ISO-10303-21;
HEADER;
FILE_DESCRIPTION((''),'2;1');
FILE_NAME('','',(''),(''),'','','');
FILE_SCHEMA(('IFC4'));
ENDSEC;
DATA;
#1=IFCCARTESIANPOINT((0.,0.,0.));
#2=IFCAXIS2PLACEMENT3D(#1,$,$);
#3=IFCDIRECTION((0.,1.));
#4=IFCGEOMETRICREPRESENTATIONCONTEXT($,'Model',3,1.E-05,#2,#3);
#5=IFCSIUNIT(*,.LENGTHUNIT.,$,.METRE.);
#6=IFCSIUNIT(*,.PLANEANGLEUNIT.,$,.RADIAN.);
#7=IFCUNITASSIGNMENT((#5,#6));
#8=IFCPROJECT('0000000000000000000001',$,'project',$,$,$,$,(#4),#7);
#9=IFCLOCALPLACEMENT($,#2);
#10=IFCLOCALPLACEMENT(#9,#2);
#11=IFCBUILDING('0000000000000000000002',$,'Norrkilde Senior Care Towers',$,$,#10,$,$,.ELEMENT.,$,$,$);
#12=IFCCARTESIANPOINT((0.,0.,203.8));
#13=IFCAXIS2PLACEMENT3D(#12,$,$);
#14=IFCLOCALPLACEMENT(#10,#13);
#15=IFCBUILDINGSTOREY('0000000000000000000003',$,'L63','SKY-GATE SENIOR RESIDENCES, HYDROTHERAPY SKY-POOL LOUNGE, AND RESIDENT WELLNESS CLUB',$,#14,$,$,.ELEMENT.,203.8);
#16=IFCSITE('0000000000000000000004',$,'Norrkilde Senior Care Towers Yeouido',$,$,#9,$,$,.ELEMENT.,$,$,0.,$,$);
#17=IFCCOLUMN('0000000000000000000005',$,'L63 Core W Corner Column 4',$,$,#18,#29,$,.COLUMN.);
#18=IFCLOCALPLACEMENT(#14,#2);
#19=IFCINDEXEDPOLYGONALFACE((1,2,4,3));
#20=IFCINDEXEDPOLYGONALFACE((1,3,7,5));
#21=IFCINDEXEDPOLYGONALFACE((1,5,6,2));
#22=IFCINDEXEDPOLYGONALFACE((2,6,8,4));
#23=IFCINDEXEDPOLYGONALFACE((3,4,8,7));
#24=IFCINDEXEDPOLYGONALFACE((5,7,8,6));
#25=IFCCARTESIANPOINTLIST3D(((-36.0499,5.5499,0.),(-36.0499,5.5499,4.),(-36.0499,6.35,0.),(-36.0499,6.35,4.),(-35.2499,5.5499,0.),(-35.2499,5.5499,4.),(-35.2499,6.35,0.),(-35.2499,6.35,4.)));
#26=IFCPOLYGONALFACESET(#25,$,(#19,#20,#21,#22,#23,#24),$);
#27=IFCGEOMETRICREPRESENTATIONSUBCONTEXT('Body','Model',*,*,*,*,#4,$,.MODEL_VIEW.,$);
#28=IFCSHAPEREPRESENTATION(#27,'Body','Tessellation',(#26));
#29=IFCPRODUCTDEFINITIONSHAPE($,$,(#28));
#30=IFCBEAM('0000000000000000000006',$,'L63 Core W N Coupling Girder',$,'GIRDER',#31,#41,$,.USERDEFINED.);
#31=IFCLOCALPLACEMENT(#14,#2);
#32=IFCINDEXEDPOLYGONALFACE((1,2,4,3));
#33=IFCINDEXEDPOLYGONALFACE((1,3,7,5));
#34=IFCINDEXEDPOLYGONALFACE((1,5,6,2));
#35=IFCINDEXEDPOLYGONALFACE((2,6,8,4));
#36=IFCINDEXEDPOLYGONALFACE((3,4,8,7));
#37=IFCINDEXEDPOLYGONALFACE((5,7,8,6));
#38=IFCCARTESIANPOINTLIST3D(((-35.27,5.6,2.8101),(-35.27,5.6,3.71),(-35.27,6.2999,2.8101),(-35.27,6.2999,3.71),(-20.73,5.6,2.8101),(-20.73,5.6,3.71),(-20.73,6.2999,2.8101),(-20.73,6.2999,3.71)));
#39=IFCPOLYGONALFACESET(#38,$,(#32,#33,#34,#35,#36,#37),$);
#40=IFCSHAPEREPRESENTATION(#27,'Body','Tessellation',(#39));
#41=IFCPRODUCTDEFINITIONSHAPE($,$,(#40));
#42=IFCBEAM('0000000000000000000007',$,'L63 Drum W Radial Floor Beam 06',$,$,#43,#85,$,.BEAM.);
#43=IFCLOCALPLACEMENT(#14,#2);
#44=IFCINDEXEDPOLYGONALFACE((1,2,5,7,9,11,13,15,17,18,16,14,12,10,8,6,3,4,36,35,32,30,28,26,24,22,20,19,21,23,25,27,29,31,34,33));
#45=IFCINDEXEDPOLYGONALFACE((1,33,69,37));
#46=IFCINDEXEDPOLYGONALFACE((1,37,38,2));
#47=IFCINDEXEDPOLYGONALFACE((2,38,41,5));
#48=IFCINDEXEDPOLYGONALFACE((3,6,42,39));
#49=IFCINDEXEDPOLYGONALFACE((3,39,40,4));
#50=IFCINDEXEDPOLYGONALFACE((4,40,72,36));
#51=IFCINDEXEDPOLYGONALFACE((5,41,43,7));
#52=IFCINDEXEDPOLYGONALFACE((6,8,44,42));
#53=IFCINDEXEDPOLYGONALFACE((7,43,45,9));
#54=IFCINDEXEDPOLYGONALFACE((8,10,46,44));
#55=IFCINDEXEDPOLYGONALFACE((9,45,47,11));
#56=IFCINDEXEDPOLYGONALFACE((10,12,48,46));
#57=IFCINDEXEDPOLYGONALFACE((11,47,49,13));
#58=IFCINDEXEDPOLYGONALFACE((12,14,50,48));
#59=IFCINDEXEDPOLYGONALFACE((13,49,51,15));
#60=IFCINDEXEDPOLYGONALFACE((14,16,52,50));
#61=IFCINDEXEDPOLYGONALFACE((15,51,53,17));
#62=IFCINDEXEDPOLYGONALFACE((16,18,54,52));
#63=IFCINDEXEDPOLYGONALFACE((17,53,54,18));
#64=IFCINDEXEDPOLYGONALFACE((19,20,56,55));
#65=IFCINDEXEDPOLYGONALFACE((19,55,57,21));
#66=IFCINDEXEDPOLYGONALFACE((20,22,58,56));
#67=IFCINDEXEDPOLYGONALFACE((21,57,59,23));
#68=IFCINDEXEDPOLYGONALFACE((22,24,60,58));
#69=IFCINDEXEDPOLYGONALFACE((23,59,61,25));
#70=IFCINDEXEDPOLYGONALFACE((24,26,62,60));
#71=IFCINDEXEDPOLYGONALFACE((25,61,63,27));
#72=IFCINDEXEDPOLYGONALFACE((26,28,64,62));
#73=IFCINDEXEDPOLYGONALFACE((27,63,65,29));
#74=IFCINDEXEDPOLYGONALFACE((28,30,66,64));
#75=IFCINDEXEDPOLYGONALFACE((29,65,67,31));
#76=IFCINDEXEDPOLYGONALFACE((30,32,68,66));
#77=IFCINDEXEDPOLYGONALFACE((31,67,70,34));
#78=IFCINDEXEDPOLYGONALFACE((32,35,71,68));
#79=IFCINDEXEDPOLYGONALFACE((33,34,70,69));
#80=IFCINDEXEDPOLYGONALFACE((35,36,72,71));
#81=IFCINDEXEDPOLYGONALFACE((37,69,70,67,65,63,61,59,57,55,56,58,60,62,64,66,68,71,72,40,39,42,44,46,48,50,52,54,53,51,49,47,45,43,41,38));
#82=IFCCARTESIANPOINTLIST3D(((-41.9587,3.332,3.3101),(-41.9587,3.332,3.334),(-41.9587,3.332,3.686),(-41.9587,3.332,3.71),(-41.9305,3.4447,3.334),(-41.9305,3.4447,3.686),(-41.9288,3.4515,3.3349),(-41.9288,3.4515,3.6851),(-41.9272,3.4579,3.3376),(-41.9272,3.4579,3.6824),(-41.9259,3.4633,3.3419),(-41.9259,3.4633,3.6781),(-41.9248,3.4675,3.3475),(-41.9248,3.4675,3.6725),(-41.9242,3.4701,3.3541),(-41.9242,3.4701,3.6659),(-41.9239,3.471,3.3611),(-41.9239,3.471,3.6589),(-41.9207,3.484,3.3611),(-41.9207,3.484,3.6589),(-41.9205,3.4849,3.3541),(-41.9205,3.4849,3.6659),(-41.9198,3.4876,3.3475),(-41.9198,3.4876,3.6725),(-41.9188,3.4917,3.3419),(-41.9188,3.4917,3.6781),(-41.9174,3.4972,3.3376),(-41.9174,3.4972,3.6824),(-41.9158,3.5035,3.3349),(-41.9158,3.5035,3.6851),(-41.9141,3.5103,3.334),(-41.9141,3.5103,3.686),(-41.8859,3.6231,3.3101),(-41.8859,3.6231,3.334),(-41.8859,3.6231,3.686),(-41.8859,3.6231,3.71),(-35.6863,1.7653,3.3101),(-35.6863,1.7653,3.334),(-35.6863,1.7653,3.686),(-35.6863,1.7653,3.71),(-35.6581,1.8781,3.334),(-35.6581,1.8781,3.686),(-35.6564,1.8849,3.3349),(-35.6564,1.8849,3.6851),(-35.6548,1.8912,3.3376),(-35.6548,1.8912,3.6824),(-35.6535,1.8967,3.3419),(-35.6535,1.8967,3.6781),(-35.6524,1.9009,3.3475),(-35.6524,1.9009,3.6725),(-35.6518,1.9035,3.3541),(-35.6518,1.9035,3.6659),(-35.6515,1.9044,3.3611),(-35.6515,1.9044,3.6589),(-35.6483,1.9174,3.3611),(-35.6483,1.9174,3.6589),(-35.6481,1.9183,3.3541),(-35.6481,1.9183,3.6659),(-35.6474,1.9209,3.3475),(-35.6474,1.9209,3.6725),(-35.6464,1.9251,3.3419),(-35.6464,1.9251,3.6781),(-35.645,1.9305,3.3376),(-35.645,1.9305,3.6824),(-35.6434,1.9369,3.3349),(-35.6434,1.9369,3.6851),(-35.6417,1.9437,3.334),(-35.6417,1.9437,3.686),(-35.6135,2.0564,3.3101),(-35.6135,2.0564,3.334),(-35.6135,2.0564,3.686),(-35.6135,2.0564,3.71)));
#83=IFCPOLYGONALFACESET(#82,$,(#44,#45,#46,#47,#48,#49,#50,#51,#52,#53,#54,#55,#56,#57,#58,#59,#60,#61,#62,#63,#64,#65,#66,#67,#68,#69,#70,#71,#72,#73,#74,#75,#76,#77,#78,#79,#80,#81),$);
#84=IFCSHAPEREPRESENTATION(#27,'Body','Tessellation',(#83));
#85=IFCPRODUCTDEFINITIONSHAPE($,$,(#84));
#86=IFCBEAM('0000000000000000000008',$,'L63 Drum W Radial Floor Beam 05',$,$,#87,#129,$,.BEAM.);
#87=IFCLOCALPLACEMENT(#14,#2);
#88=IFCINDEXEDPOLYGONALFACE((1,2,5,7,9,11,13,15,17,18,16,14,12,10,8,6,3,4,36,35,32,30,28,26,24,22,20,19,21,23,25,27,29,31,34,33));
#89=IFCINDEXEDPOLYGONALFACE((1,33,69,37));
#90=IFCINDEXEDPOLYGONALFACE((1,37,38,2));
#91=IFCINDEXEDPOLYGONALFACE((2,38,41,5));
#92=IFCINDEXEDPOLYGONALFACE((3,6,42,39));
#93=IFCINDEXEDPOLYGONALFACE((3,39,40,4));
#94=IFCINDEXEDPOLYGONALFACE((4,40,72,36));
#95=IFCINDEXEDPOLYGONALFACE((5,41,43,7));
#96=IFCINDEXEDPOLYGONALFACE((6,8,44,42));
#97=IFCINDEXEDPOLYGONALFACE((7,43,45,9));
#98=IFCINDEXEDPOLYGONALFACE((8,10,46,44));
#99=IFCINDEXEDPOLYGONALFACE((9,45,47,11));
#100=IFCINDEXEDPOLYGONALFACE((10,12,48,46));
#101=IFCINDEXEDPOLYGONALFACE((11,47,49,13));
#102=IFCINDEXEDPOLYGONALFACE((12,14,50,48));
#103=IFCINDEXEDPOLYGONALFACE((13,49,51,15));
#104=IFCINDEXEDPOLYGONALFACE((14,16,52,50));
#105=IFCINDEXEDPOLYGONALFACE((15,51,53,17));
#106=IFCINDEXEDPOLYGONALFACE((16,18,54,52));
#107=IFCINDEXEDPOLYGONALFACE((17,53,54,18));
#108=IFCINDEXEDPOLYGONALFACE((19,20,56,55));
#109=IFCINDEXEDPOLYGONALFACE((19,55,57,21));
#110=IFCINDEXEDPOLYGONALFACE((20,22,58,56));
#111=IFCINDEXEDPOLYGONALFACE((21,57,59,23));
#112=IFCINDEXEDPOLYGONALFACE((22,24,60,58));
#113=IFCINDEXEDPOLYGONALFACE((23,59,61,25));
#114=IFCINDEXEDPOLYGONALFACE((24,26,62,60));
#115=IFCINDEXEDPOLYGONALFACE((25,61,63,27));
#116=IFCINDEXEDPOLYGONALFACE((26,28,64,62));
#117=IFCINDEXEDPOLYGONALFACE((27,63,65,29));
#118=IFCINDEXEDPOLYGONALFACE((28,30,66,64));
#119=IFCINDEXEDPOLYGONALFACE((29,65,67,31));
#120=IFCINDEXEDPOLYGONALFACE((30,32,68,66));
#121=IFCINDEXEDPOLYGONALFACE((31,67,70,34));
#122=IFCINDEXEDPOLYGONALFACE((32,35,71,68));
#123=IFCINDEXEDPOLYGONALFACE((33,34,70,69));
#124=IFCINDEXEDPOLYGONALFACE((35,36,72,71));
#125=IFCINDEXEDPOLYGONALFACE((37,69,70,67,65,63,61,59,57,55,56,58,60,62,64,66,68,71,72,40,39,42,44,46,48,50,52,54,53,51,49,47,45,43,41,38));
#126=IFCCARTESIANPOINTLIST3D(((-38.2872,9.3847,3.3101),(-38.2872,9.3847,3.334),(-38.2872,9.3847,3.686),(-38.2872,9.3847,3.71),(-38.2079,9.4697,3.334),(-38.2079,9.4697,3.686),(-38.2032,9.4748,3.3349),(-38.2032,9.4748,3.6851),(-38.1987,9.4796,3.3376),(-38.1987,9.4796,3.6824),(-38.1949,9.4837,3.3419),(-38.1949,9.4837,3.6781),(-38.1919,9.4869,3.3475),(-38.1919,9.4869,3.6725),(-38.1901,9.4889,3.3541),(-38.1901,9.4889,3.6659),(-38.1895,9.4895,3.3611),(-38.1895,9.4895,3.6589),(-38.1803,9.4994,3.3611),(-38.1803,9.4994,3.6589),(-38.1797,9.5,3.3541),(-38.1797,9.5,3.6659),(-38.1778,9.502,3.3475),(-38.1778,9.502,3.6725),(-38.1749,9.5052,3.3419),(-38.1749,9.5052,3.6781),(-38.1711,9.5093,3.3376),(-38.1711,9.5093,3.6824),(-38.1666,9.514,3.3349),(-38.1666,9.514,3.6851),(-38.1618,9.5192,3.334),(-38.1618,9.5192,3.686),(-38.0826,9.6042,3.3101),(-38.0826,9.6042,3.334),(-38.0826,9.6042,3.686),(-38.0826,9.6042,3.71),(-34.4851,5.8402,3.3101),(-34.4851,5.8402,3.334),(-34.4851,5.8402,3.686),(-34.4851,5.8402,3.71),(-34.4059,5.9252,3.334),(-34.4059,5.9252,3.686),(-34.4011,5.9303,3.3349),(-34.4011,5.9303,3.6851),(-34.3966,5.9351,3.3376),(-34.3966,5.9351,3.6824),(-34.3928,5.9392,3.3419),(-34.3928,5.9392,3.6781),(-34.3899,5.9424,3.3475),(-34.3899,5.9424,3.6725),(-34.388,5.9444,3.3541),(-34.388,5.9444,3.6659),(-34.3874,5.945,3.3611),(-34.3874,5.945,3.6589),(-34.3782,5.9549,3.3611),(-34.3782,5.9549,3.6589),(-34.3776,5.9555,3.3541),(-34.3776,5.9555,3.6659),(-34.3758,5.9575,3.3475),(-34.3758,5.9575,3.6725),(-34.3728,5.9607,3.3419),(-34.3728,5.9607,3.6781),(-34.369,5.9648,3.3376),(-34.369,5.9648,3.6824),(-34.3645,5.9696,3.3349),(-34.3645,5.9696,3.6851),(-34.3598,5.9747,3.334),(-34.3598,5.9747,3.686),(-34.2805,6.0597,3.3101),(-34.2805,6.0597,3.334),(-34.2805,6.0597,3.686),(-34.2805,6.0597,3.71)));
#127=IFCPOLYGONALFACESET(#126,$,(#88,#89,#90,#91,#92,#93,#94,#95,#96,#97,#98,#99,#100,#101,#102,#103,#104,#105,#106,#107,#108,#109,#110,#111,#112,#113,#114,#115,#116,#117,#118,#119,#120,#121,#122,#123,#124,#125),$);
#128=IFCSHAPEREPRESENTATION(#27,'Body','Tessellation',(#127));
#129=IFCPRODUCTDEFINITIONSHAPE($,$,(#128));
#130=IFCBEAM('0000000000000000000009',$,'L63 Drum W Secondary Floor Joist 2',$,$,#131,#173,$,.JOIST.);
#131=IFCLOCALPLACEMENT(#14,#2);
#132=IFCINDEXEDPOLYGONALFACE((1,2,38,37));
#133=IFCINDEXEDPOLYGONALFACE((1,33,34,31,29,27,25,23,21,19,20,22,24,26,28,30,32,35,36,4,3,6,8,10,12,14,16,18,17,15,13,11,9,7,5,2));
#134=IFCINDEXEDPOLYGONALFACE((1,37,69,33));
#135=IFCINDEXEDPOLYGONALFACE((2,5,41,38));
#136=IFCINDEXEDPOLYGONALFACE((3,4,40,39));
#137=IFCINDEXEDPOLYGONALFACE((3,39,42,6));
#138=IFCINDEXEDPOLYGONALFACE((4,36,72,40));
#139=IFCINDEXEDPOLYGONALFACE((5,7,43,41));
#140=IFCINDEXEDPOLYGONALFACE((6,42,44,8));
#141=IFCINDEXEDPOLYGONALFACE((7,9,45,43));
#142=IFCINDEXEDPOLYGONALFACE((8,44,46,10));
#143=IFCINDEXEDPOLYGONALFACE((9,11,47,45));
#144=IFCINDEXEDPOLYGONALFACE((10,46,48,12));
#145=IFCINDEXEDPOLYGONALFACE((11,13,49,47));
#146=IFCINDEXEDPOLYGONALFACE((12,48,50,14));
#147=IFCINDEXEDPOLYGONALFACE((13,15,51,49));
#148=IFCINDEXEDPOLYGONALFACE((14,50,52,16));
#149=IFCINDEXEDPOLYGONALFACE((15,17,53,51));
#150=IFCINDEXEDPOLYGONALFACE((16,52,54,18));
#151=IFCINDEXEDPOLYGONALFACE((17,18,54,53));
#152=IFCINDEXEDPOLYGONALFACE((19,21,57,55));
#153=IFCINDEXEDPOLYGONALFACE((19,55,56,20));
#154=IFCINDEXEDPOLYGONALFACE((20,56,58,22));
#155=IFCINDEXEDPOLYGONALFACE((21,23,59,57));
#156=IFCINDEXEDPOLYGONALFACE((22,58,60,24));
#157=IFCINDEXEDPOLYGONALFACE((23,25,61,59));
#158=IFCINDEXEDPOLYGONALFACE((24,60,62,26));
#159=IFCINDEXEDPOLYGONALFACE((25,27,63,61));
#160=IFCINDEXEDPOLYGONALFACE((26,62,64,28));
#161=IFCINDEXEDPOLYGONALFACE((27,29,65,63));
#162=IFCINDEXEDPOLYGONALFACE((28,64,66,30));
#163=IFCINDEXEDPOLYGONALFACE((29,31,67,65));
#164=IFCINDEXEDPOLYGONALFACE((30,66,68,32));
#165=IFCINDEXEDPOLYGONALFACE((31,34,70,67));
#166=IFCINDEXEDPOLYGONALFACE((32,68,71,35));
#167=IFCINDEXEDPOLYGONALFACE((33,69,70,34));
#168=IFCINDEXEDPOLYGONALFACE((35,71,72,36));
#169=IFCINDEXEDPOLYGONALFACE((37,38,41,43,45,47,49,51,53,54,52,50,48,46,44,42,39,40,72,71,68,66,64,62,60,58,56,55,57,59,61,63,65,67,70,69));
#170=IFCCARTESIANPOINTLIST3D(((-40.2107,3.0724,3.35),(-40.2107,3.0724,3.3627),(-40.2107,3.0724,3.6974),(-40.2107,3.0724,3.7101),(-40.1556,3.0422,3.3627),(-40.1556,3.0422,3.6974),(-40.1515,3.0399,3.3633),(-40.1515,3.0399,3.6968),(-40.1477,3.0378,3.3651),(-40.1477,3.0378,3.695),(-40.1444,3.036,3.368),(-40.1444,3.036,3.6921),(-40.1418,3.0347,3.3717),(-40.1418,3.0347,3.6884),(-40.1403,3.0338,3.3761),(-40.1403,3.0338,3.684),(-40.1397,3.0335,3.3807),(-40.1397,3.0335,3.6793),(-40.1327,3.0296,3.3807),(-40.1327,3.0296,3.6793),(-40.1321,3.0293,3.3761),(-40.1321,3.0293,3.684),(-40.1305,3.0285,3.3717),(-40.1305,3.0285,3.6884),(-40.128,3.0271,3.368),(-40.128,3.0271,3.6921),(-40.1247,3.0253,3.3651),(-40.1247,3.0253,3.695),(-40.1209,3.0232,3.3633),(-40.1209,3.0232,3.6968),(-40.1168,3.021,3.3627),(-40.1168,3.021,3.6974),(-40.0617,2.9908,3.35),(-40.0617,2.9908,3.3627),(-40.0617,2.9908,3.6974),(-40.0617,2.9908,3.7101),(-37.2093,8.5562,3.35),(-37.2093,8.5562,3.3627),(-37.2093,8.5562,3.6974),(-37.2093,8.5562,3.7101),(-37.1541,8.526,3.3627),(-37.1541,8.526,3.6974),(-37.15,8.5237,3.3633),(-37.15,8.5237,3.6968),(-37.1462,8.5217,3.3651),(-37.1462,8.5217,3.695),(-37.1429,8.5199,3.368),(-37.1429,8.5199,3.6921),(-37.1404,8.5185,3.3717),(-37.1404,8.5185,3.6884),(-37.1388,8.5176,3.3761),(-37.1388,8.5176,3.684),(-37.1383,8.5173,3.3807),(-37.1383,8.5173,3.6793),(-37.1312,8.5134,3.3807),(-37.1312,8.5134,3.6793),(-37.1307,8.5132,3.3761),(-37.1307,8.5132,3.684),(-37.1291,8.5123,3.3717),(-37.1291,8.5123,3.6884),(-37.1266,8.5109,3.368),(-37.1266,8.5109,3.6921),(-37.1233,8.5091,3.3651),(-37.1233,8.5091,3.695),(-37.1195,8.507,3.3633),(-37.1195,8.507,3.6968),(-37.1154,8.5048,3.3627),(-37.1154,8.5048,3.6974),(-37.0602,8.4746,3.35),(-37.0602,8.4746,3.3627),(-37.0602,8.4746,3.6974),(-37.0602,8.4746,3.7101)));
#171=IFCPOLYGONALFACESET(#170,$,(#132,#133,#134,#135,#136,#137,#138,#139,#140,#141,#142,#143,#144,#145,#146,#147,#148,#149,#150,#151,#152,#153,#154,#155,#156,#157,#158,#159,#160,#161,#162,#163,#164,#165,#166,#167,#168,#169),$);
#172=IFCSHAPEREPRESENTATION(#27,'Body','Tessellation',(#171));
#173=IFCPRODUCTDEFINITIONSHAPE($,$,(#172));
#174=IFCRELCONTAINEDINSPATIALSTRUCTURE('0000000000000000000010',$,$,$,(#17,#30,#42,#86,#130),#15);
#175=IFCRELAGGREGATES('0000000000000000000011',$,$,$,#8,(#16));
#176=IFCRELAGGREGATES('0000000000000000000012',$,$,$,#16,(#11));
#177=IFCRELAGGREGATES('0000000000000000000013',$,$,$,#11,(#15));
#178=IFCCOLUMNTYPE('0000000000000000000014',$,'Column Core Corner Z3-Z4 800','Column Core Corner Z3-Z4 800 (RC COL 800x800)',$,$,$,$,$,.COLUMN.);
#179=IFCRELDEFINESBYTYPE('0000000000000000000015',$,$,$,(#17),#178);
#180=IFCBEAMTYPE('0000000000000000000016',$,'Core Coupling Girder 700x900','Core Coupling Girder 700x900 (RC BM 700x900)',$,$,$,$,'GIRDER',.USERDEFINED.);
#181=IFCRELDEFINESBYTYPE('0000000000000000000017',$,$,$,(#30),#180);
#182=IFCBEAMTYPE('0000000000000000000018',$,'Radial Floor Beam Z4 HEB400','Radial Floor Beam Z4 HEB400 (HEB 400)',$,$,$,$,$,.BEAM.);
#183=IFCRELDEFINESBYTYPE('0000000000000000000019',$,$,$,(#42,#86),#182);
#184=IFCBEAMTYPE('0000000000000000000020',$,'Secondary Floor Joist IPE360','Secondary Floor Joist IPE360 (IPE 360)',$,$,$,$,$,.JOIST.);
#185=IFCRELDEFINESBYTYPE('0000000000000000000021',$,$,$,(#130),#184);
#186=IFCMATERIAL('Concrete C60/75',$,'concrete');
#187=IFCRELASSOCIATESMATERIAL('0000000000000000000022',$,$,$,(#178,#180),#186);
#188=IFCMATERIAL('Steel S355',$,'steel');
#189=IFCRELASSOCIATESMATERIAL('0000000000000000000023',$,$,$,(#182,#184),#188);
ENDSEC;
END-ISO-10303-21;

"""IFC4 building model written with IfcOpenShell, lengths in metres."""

from ifc_helpers import new_model, si_unit, direction, frame, origin, origin_2d, place, context, subcontext, project, spatial, rectangle, i_section, extrude, source, transform, mapped, material, material_profile, profile_set, type_object, type_shapes, element, save


model = new_model("IFC4")

# Units and contexts
model_context = context("Model", 3, precision=1e-05, world=origin(), true_north=direction((0.0, 1.0)))
body_context = subcontext(model_context, "Body", "Model", "MODEL_VIEW")
ifc_project = project(units=[si_unit("LENGTHUNIT", "METRE"), si_unit("PLANEANGLEUNIT", "RADIAN")], contexts=[model_context])

# Site, building, storey
site_placement = place(None, origin())
site = spatial("IfcSite", under=ifc_project, at=site_placement, Name="Norrkilde Senior Care Towers Yeouido", CompositionType="ELEMENT", RefElevation=0.0)
building_placement = place(site_placement, origin())
building = spatial("IfcBuilding", under=site, at=building_placement, Name="Norrkilde Senior Care Towers", CompositionType="ELEMENT")
storey_placement = place(building_placement, frame((0.0, 0.0, 203.8)))
storey = spatial("IfcBuildingStorey", under=building, at=storey_placement, Name="L63", Description="SKY-GATE SENIOR RESIDENCES, HYDROTHERAPY SKY-POOL LOUNGE, AND RESIDENT WELLNESS CLUB", CompositionType="ELEMENT", Elevation=203.8)

# Column
ifc_material_1 = material(Name="Concrete C60/75", Category="concrete")
ifc_material_profile_1 = material_profile(ifc_material_1, rectangle(XDim=0.8, YDim=0.8, at=origin_2d()), Name="RC COL 800x800")
ifc_profile_set_1 = profile_set([ifc_material_profile_1], Name="Concrete C60/75")
column_type = type_object("IfcColumnType", Name="Column Core Corner Z3-Z4 800", Description="Column Core Corner Z3-Z4 800 (RC COL 800x800)", PredefinedType="COLUMN", material=ifc_profile_set_1)
shared_shape_1 = source(origin(), body_context, "Body", "SweptSolid", [
    extrude(rectangle(XDim=0.8, YDim=0.8, at=origin_2d()), origin(), (0.0, 0.0, 1.0), 4.0),
])
type_shapes(column_type, [shared_shape_1])
column_placement = place(storey_placement, frame((-35.6499, 5.95, 0.0), z_axis=(0.0, 0.0, 1.0), x_axis=(1.0, 0.0, 0.0)))
element("IfcColumn", 1, at=column_placement, inside=storey, type_object=column_type, Name="L63 Core W Corner Column 4", PredefinedType="COLUMN", context=body_context, shape_type="MappedRepresentation", body=[
    mapped(shared_shape_1, transform((0.0, 0.0, 0.0), x_axis=(1.0, 0.0, 0.0), y_axis=(0.0, 1.0, 0.0), z_axis=(0.0, 0.0, 1.0), scale=1.0)),
])

# Beams
ifc_material_profile_2 = material_profile(ifc_material_1, rectangle(XDim=0.7, YDim=0.8999, at=origin_2d()), Name="RC BM 700x900")
ifc_profile_set_2 = profile_set([ifc_material_profile_2], Name="Concrete C60/75")
beam_type_1 = type_object("IfcBeamType", Name="Core Coupling Girder 700x900", Description="Core Coupling Girder 700x900 (RC BM 700x900)", ElementType="GIRDER", PredefinedType="USERDEFINED", material=ifc_profile_set_2)
shared_shape_2 = source(origin(), body_context, "Body", "SweptSolid", [
    extrude(rectangle(XDim=0.7, YDim=0.8999, at=origin_2d()), origin(), (0.0, 0.0, 1.0), 14.54),
])
type_shapes(beam_type_1, [shared_shape_2])
beam_1_placement = place(storey_placement, frame((-35.27, 5.95, 3.26), z_axis=(1.0, 0.0, 0.0), x_axis=(0.0, 1.0, 0.0)))
element("IfcBeam", 2, at=beam_1_placement, inside=storey, type_object=beam_type_1, Name="L63 Core W N Coupling Girder", ObjectType="GIRDER", PredefinedType="USERDEFINED", context=body_context, shape_type="MappedRepresentation", body=[
    mapped(shared_shape_2, transform((0.0, 0.0, 0.0), x_axis=(1.0, 0.0, 0.0), y_axis=(0.0, 1.0, 0.0), z_axis=(0.0, 0.0, 1.0), scale=1.0)),
])
ifc_material_2 = material(Name="Steel S355", Category="steel")
ifc_material_profile_3 = material_profile(ifc_material_2, i_section(OverallWidth=0.3, OverallDepth=0.3999, WebThickness=0.0134, FlangeThickness=0.0239, FilletRadius=0.0271, at=origin_2d()), Name="HEB 400")
ifc_profile_set_3 = profile_set([ifc_material_profile_3], Name="Steel S355")
beam_type_2 = type_object("IfcBeamType", Name="Radial Floor Beam Z4 HEB400", Description="Radial Floor Beam Z4 HEB400 (HEB 400)", PredefinedType="BEAM", material=ifc_profile_set_3)
shared_shape_3 = source(origin(), body_context, "Body", "SweptSolid", [
    extrude(i_section(OverallWidth=0.3, OverallDepth=0.3999, WebThickness=0.0134, FlangeThickness=0.0239, FilletRadius=0.0271, at=origin_2d()), origin(), (0.0, 0.0, 1.0), 6.4651),
])
beam_2_placement = place(storey_placement, frame((-35.6499, 1.9109, 3.51), z_axis=(-0.970196, 0.242322, 0.0), x_axis=(-0.242322, -0.970196, 0.0)))
element("IfcBeam", 3, at=beam_2_placement, inside=storey, type_object=beam_type_2, Name="L63 Drum W Radial Floor Beam 06", PredefinedType="BEAM", context=body_context, shape_type="MappedRepresentation", body=[
    mapped(shared_shape_3, transform((0.0, 0.0, 0.0), x_axis=(1.0, 0.0, 0.0), y_axis=(0.0, 1.0, 0.0), z_axis=(0.0, 0.0, 1.0), scale=1.0)),
])
shared_shape_4 = source(origin(), body_context, "Body", "SweptSolid", [
    extrude(i_section(OverallWidth=0.3, OverallDepth=0.3999, WebThickness=0.0134, FlangeThickness=0.0239, FilletRadius=0.0271, at=origin_2d()), origin(), (0.0, 0.0, 1.0), 5.198),
])
type_shapes(beam_type_2, [shared_shape_3, shared_shape_4])
beam_3_placement = place(storey_placement, frame((-34.3828, 5.95, 3.51), z_axis=(-0.731449, 0.681896, 0.0), x_axis=(-0.681896, -0.731449, 0.0)))
element("IfcBeam", 4, at=beam_3_placement, inside=storey, type_object=beam_type_2, Name="L63 Drum W Radial Floor Beam 05", PredefinedType="BEAM", context=body_context, shape_type="MappedRepresentation", body=[
    mapped(shared_shape_4, transform((0.0, 0.0, 0.0), x_axis=(1.0, 0.0, 0.0), y_axis=(0.0, 1.0, 0.0), z_axis=(0.0, 0.0, 1.0), scale=1.0)),
])
ifc_material_profile_4 = material_profile(ifc_material_2, i_section(OverallWidth=0.1699, OverallDepth=0.3601, WebThickness=0.0081, FlangeThickness=0.0127, FilletRadius=0.0181, at=origin_2d()), Name="IPE 360")
ifc_profile_set_4 = profile_set([ifc_material_profile_4], Name="Steel S355")
beam_type_3 = type_object("IfcBeamType", Name="Secondary Floor Joist IPE360", Description="Secondary Floor Joist IPE360 (IPE 360)", PredefinedType="JOIST", material=ifc_profile_set_4)
shared_shape_5 = source(origin(), body_context, "Body", "SweptSolid", [
    extrude(i_section(OverallWidth=0.1699, OverallDepth=0.3601, WebThickness=0.0081, FlangeThickness=0.0127, FilletRadius=0.0181, at=origin_2d()), origin(), (0.0, 0.0, 1.0), 6.2515),
])
type_shapes(beam_type_3, [shared_shape_5])
beam_4_placement = place(storey_placement, frame((-37.1348, 8.5154, 3.53), z_axis=(-0.480116, -0.877205, 0.0), x_axis=(0.877205, -0.480116, 0.0)))
element("IfcBeam", 5, at=beam_4_placement, inside=storey, type_object=beam_type_3, Name="L63 Drum W Secondary Floor Joist 2", PredefinedType="JOIST", context=body_context, shape_type="MappedRepresentation", body=[
    mapped(shared_shape_5, transform((0.0, 0.0, 0.0), x_axis=(1.0, 0.0, 0.0), y_axis=(0.0, 1.0, 0.0), z_axis=(0.0, 0.0, 1.0), scale=1.0)),
])

save(model, "model.ifc")
